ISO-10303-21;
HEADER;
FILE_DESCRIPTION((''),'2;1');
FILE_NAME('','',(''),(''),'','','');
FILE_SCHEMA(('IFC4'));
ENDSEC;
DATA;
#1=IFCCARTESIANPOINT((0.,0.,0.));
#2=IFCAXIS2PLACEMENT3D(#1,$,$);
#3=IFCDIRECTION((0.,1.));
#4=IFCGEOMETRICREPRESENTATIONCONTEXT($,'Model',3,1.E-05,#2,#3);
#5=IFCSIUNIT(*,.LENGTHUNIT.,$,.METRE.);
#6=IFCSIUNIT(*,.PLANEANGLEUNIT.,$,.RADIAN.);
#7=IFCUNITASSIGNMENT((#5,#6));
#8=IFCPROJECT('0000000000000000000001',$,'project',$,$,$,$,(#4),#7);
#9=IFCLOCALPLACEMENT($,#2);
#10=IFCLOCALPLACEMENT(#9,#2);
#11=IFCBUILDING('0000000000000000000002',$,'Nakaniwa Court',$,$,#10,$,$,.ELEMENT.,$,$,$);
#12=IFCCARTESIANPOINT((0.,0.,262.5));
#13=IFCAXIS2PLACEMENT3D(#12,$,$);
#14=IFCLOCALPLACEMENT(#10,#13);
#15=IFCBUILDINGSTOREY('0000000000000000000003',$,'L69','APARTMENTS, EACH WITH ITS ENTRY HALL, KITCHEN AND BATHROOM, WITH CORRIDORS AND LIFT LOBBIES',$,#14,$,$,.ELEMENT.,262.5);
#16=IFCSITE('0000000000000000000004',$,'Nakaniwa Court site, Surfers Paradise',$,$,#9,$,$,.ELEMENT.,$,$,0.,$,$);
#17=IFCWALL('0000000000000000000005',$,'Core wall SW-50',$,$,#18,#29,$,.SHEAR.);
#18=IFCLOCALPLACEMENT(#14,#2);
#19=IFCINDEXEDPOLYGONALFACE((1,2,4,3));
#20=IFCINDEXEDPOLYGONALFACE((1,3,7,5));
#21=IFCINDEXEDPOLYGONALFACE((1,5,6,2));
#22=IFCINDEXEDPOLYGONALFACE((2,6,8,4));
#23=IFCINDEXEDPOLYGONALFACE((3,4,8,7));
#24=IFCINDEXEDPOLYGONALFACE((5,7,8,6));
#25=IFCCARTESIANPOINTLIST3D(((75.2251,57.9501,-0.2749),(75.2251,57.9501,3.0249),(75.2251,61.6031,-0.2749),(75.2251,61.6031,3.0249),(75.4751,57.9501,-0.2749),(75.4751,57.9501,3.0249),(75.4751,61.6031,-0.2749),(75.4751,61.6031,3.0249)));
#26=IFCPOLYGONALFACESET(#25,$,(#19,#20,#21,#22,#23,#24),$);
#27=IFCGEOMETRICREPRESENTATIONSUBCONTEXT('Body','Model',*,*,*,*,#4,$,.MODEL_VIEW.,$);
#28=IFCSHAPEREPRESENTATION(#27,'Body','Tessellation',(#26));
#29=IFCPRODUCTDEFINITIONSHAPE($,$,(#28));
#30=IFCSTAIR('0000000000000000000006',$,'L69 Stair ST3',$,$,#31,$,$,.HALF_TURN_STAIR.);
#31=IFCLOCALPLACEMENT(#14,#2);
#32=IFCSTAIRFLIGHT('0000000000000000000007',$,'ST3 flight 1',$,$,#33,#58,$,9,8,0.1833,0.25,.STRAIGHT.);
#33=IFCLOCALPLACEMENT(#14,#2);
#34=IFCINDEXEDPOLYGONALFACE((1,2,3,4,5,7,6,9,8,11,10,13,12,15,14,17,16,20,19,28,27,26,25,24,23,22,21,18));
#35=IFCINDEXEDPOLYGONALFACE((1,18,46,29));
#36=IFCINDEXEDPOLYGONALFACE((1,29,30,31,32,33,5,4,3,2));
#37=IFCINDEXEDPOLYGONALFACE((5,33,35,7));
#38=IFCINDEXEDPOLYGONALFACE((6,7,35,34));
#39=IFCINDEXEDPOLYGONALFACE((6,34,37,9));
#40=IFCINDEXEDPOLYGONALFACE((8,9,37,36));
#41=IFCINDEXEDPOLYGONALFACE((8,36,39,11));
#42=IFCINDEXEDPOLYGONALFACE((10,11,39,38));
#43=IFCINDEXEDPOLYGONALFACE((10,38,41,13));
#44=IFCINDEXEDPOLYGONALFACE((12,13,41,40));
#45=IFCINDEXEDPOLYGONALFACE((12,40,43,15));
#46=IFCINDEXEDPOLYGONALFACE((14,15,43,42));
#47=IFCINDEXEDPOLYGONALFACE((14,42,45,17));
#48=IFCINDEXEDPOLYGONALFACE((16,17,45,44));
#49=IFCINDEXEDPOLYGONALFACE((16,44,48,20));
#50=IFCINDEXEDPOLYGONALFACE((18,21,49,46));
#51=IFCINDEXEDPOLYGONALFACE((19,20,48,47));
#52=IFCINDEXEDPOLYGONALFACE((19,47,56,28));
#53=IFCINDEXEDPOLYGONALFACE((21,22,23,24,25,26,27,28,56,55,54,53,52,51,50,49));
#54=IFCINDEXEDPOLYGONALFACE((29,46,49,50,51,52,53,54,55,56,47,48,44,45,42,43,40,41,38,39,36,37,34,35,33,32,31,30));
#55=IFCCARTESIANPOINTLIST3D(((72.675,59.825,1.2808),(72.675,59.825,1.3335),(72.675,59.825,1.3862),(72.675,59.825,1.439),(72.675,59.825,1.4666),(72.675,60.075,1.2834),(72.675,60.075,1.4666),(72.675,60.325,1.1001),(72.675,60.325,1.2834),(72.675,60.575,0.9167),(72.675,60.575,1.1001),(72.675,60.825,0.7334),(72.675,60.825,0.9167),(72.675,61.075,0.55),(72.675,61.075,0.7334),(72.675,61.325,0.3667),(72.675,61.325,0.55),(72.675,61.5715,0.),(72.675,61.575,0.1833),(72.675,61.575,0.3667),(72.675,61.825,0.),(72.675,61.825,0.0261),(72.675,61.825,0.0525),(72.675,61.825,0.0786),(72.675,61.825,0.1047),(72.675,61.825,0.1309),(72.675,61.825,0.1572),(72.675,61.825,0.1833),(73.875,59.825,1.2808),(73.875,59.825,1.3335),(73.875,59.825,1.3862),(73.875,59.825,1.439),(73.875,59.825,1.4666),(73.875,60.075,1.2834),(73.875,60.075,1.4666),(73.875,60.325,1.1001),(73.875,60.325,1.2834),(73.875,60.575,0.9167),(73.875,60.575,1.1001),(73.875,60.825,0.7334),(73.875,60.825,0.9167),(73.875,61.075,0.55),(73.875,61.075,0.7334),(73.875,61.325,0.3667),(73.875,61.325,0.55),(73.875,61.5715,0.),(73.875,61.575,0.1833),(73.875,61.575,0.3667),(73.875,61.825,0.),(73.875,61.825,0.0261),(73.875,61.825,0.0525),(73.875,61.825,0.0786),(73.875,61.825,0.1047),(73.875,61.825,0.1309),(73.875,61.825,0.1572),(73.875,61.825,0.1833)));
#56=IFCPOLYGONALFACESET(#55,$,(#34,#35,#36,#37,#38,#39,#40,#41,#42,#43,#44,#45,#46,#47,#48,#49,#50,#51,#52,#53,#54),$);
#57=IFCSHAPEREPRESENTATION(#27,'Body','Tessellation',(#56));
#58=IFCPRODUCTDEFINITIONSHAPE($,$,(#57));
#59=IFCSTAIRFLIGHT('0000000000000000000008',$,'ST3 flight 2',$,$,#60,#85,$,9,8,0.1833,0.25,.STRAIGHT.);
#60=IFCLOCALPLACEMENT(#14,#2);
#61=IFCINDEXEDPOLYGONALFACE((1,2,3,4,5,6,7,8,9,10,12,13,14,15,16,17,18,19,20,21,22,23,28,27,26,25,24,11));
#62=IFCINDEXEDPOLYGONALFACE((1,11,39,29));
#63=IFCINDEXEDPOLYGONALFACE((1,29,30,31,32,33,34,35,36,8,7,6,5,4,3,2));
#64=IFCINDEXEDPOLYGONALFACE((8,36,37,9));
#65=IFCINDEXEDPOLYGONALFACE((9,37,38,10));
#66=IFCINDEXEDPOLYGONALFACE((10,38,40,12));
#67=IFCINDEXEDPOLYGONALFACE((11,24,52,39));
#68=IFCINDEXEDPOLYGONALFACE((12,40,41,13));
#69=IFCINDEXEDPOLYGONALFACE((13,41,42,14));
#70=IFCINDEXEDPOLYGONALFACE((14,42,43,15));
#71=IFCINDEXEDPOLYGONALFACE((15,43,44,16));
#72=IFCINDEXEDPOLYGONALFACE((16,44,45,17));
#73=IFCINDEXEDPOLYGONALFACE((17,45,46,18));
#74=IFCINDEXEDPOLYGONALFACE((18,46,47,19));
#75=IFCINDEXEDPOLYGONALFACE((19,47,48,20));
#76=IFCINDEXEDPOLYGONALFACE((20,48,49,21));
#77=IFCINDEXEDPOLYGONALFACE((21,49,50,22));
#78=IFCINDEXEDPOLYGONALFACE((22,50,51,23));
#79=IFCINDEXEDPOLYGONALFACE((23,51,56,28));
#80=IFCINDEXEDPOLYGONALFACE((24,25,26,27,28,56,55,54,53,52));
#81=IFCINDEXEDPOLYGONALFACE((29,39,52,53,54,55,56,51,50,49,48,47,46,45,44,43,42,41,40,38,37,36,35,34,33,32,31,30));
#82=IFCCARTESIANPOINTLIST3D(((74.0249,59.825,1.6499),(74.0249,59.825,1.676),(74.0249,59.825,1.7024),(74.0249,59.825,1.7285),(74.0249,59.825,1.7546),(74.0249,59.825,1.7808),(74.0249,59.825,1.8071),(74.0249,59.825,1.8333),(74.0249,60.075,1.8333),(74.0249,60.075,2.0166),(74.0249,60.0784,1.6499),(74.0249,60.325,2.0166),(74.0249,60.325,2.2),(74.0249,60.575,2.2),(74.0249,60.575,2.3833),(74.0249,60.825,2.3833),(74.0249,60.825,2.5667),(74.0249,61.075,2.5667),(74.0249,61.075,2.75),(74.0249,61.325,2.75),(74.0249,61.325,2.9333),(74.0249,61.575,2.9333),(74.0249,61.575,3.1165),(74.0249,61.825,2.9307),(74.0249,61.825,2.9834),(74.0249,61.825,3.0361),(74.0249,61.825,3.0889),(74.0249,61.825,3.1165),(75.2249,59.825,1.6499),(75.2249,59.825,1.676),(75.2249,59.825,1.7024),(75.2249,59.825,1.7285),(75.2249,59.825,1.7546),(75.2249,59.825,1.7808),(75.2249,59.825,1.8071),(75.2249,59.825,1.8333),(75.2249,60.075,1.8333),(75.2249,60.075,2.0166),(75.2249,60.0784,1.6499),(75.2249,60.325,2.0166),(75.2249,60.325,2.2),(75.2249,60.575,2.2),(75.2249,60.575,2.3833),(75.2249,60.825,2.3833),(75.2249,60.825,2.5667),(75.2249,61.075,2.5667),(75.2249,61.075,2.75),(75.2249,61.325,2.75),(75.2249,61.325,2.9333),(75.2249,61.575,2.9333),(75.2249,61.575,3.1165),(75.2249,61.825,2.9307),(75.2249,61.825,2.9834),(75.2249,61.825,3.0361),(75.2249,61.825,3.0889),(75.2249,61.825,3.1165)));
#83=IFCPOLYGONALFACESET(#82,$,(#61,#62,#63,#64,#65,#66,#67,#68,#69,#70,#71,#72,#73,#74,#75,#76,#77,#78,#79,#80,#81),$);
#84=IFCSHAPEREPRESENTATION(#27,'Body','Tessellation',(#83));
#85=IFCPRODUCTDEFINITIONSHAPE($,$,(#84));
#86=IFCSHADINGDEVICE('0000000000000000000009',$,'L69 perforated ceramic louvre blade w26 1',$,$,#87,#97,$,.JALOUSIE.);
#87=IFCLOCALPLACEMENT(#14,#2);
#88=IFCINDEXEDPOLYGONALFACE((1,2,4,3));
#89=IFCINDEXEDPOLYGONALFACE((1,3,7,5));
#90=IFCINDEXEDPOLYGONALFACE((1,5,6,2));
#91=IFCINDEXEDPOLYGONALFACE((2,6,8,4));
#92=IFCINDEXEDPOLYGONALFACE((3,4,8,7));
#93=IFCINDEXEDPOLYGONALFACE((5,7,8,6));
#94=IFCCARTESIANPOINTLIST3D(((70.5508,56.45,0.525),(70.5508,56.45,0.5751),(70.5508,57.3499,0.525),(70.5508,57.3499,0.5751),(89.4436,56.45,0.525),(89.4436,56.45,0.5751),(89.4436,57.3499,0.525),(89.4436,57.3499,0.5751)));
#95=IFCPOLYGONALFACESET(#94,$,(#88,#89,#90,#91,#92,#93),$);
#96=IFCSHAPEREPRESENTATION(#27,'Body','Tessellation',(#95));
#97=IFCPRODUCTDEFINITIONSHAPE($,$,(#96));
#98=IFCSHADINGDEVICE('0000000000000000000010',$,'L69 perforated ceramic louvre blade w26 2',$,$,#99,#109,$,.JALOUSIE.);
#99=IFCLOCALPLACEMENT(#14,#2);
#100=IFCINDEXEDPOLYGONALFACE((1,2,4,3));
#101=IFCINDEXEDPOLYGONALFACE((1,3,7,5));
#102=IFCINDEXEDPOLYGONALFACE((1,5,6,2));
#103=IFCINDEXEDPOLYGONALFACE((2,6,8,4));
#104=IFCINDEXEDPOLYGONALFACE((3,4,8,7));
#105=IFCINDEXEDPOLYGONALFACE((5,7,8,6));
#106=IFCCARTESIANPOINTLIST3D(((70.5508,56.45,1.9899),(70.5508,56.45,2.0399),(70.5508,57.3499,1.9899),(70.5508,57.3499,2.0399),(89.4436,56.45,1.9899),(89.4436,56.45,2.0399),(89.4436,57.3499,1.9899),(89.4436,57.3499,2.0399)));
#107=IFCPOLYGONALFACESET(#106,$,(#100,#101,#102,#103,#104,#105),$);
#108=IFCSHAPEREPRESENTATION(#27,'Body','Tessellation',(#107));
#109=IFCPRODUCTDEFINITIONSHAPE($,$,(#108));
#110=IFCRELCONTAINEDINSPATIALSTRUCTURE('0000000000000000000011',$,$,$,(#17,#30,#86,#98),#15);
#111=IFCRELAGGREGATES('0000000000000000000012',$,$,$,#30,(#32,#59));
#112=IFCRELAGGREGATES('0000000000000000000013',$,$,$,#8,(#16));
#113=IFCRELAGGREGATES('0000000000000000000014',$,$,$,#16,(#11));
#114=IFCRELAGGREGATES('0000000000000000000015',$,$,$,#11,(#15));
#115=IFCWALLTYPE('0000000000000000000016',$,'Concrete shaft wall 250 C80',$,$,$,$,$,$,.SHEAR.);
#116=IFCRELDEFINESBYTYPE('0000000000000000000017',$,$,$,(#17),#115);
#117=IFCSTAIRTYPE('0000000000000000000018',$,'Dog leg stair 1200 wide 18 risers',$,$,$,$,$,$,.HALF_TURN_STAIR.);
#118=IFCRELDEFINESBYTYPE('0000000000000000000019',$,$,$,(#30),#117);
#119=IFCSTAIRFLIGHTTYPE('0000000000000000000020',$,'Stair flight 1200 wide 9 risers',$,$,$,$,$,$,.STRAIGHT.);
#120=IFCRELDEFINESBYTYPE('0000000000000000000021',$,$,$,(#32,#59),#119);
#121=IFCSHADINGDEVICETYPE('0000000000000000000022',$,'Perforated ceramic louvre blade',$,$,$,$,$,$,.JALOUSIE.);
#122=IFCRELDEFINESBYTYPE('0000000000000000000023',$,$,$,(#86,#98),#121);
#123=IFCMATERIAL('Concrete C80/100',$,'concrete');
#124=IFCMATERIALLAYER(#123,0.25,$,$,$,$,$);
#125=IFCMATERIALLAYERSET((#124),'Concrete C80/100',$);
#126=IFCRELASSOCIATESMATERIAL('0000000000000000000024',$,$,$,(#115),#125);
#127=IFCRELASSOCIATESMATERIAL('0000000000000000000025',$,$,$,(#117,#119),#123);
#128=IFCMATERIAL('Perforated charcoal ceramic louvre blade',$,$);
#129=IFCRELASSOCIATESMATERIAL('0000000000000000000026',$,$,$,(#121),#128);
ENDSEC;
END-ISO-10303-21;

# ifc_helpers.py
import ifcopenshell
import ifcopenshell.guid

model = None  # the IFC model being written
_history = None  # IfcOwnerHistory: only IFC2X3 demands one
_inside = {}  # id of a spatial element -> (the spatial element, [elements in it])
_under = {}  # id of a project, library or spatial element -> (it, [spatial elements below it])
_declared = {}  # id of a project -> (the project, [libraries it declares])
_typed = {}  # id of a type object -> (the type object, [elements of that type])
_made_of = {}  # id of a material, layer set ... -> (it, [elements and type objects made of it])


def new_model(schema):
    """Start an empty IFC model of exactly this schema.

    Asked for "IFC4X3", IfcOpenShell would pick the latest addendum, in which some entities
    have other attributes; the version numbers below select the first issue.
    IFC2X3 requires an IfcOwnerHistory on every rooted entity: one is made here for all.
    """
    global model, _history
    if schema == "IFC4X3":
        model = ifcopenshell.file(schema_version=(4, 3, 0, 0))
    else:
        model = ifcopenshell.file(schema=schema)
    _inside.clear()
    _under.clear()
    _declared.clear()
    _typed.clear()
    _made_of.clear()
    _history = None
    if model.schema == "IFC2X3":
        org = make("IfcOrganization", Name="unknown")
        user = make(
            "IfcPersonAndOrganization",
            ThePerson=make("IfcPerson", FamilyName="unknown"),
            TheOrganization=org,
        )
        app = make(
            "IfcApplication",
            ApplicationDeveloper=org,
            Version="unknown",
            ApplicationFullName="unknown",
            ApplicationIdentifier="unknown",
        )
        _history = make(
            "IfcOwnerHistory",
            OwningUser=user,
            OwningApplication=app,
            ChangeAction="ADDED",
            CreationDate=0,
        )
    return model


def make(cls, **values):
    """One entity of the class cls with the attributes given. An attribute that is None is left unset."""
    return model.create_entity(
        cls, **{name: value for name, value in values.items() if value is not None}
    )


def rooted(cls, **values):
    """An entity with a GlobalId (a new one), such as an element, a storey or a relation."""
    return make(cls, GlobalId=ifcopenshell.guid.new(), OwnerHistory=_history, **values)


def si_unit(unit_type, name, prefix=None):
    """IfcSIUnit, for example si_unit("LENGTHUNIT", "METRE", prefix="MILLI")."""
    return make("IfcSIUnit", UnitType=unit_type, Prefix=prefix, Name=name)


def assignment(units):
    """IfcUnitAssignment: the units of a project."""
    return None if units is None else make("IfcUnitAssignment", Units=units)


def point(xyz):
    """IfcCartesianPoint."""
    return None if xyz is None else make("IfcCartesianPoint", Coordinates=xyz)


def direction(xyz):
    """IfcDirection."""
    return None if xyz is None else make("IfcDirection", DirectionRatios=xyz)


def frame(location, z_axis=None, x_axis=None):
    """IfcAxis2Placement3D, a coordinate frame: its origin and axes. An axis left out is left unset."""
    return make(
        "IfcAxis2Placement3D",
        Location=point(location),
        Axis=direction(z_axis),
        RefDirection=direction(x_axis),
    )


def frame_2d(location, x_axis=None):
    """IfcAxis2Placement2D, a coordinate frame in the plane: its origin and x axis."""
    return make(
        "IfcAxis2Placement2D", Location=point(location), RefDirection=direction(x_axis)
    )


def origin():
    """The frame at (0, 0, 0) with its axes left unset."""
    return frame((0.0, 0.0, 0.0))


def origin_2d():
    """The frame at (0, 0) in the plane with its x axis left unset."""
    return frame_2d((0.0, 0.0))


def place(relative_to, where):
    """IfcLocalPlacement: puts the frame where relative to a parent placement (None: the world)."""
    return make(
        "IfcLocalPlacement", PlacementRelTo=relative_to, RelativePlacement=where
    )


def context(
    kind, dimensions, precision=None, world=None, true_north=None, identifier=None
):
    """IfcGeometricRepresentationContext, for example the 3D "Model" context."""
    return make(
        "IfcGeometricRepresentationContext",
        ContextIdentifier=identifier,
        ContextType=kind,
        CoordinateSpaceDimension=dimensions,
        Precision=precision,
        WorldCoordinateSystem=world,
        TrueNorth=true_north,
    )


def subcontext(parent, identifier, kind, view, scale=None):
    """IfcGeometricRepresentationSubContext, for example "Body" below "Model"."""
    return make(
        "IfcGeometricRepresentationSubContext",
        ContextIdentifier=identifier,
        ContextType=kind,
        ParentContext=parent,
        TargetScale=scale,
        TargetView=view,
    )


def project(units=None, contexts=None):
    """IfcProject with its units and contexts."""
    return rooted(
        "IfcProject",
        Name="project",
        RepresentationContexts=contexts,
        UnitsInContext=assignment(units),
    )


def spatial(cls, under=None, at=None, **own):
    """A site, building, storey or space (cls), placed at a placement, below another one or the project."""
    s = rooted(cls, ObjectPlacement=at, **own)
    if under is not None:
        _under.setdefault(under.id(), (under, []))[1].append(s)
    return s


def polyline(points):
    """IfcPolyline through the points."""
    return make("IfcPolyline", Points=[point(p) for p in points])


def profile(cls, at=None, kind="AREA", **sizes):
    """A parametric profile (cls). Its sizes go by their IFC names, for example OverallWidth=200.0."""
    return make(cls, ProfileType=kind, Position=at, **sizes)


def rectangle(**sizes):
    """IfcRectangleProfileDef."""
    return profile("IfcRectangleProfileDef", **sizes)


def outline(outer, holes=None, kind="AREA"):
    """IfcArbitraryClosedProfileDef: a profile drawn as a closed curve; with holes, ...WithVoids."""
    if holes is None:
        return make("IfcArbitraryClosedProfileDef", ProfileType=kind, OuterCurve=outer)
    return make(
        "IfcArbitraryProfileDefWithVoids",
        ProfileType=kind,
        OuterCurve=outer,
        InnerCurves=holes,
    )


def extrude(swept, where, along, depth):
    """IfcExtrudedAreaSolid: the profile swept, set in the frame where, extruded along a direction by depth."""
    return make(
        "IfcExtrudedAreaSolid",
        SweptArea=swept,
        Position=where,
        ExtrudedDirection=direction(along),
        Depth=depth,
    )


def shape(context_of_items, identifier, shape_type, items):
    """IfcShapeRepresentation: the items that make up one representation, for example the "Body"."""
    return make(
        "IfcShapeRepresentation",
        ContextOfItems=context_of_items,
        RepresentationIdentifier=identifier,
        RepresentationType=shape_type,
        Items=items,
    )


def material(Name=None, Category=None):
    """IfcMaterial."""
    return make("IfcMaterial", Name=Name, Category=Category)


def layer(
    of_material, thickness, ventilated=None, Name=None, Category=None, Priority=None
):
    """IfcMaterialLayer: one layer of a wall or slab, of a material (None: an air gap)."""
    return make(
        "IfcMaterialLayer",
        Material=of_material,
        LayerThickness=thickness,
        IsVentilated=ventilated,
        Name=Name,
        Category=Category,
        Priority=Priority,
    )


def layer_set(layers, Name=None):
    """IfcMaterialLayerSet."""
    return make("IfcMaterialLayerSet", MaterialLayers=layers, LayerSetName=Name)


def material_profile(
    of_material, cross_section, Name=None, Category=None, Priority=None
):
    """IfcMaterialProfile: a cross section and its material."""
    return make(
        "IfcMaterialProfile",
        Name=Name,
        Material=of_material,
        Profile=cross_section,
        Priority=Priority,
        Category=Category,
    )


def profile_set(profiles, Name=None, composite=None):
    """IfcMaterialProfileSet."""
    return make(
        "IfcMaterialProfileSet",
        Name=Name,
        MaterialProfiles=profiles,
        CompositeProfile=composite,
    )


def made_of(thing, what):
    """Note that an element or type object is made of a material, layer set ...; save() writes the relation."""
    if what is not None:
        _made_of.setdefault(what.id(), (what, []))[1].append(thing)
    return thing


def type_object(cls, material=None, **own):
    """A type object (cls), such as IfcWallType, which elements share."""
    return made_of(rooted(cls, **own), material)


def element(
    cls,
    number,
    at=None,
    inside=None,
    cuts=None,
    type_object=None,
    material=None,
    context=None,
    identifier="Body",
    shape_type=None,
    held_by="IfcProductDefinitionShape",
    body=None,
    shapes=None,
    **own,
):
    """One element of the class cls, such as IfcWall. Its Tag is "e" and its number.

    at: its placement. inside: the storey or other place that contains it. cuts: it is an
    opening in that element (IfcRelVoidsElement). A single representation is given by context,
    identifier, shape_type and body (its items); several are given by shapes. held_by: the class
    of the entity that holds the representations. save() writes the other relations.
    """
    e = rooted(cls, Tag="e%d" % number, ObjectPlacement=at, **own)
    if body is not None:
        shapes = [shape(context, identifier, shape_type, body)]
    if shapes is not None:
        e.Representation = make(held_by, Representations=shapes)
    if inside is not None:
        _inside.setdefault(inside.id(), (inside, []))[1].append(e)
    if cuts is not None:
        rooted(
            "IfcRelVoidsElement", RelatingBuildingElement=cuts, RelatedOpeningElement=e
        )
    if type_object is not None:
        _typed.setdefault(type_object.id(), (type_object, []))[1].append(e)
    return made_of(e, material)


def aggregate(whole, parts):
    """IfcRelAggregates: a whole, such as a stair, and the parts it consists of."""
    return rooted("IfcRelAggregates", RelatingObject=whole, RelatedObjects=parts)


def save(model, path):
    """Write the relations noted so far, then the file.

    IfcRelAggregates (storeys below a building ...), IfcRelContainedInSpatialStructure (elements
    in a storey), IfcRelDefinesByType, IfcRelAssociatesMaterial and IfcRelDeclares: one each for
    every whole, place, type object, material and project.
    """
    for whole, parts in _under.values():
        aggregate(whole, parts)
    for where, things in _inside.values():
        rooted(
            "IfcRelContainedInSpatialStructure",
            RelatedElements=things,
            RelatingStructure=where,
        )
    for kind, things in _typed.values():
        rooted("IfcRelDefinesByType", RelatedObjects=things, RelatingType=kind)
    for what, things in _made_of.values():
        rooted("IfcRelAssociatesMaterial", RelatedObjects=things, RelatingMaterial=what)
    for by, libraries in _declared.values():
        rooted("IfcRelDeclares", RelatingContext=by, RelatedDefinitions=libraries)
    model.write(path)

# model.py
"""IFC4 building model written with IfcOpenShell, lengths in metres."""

from ifc_helpers import new_model, si_unit, direction, frame, frame_2d, origin, origin_2d, place, context, subcontext, project, spatial, polyline, rectangle, outline, extrude, material, layer, layer_set, material_profile, profile_set, type_object, element, aggregate, save


model = new_model("IFC4")

# Units and contexts
model_context = context("Model", 3, precision=1e-05, world=origin(), true_north=direction((0.0, 1.0)))
body_context = subcontext(model_context, "Body", "Model", "MODEL_VIEW")
ifc_project = project(units=[si_unit("LENGTHUNIT", "METRE"), si_unit("PLANEANGLEUNIT", "RADIAN")], contexts=[model_context])

# Site, building, storey
site_placement = place(None, origin())
site = spatial("IfcSite", under=ifc_project, at=site_placement, Name="Nakaniwa Court site, Surfers Paradise", CompositionType="ELEMENT", RefElevation=0.0)
building_placement = place(site_placement, origin())
building = spatial("IfcBuilding", under=site, at=building_placement, Name="Nakaniwa Court", CompositionType="ELEMENT")
storey_placement = place(building_placement, frame((0.0, 0.0, 262.5)))
storey = spatial("IfcBuildingStorey", under=building, at=storey_placement, Name="L69", Description="APARTMENTS, EACH WITH ITS ENTRY HALL, KITCHEN AND BATHROOM, WITH CORRIDORS AND LIFT LOBBIES", CompositionType="ELEMENT", Elevation=262.5)

# Shared definitions
ifc_material_1 = material(Name="Concrete C80/100", Category="concrete")

# Wall
ifc_layer_1 = layer(ifc_material_1, 0.25)
ifc_layer_set_1 = layer_set([ifc_layer_1], Name="Concrete C80/100")
wall_type_1 = type_object("IfcWallType", Name="Concrete shaft wall 250 C80", PredefinedType="SHEAR", material=ifc_layer_set_1)
wall_1_placement = place(storey_placement, frame((75.3501, 57.95, -0.2749), z_axis=(0.0, 0.0, 1.0), x_axis=(0.0, 1.0, 0.0)))
element("IfcWall", 1, at=wall_1_placement, inside=storey, type_object=wall_type_1, Name="Core wall SW-50", PredefinedType="SHEAR", context=body_context, shape_type="SweptSolid", body=[
    extrude(rectangle(XDim=3.6531, YDim=0.25, at=frame_2d((1.8267, 0.0))), origin(), (0.0, 0.0, 1.0), 3.2998),
])

# Stair, stair flights
stair_type = type_object("IfcStairType", Name="Dog leg stair 1200 wide 18 risers", PredefinedType="HALF_TURN_STAIR", material=ifc_material_1)
stair_placement = place(storey_placement, origin())
stair = element("IfcStair", 2, at=stair_placement, inside=storey, type_object=stair_type, Name="L69 Stair ST3", PredefinedType="HALF_TURN_STAIR")
stair_flight_type = type_object("IfcStairFlightType", Name="Stair flight 1200 wide 9 risers", PredefinedType="STRAIGHT", material=ifc_material_1)
stair_flight_1_placement = place(storey_placement, frame((73.2749, 61.825, 0.0), z_axis=(0.0, 0.0, 1.0), x_axis=(0.0, -1.0, 0.0)))
stair_flight_1 = element("IfcStairFlight", 3, at=stair_flight_1_placement, type_object=stair_flight_type, Name="ST3 flight 1", NumberOfRisers=9, NumberOfTreads=8, PredefinedType="STRAIGHT", RiserHeight=0.1833, TreadLength=0.25, context=body_context, shape_type="SweptSolid", body=[
    extrude(outline(polyline([(0.0, 0.0), (0.0, 0.0261), (0.0, 0.0525), (0.0, 0.0786), (0.0, 0.1047), (0.0, 0.1309), (0.0, 0.1572), (0.0, 0.1833), (0.25, 0.1833), (0.25, 0.3667), (0.5, 0.3667), (0.5, 0.55), (0.75, 0.55), (0.75, 0.7334), (1.0, 0.7334), (1.0, 0.9167), (1.25, 0.9167), (1.25, 1.1001), (1.5, 1.1001), (1.5, 1.2834), (1.75, 1.2834), (1.75, 1.4666), (2.0, 1.4666), (2.0, 1.6499), (2.0, 1.5972), (2.0, 1.5444), (2.0, 1.4917), (2.0, 1.439), (2.0, 1.3862), (2.0, 1.3335), (2.0, 1.2808), (0.2534, 0.0), (0.0, 0.0)])), frame((0.0, 0.6001, 0.0), z_axis=(0.0, -1.0, 0.0), x_axis=(1.0, 0.0, 0.0)), (0.0, 0.0, 1.0), 1.2),
])
stair_flight_2_placement = place(storey_placement, frame((74.625, 59.825, 1.6499), z_axis=(0.0, 0.0, 1.0), x_axis=(0.0, 1.0, 0.0)))
stair_flight_2 = element("IfcStairFlight", 4, at=stair_flight_2_placement, type_object=stair_flight_type, Name="ST3 flight 2", NumberOfRisers=9, NumberOfTreads=8, PredefinedType="STRAIGHT", RiserHeight=0.1833, TreadLength=0.25, context=body_context, shape_type="SweptSolid", body=[
    extrude(outline(polyline([(0.0, 0.0), (0.0, 0.0261), (0.0, 0.0525), (0.0, 0.0786), (0.0, 0.1047), (0.0, 0.1309), (0.0, 0.1572), (0.0, 0.1833), (0.25, 0.1833), (0.25, 0.3667), (0.5, 0.3667), (0.5, 0.55), (0.75, 0.55), (0.75, 0.7334), (1.0, 0.7334), (1.0, 0.9167), (1.25, 0.9167), (1.25, 1.1001), (1.5, 1.1001), (1.5, 1.2834), (1.75, 1.2834), (1.75, 1.4666), (2.0, 1.4666), (2.0, 1.6499), (2.0, 1.5972), (2.0, 1.5444), (2.0, 1.4917), (2.0, 1.439), (2.0, 1.3862), (2.0, 1.3335), (2.0, 1.2808), (0.2534, 0.0), (0.0, 0.0)])), frame((0.0, 0.6001, 0.0), z_axis=(0.0, -1.0, 0.0), x_axis=(1.0, 0.0, 0.0)), (0.0, 0.0, 1.0), 1.2),
])
aggregate(stair, [stair_flight_1, stair_flight_2])

# Shading devices
ifc_material_2 = material(Name="Perforated charcoal ceramic louvre blade")
ifc_material_profile = material_profile(ifc_material_2, rectangle(XDim=0.8999, YDim=0.05, at=origin_2d()), Name="Perforated ceramic louvre blade")
ifc_profile_set = profile_set([ifc_material_profile], Name="Perforated charcoal ceramic louvre blade")
shading_device_type = type_object("IfcShadingDeviceType", Name="Perforated ceramic louvre blade", PredefinedType="JALOUSIE", material=ifc_profile_set)
for number, where, z_axis, x_axis, name in (
    (5, (70.5508, 56.8999, 0.55), (1.0, 0.0, 0.0), (0.0, 1.0, 0.0), "L69 perforated ceramic louvre blade w26 1"),
    (6, (70.5508, 56.8999, 2.0149), (1.0, 0.0, 0.0), (0.0, 1.0, 0.0), "L69 perforated ceramic louvre blade w26 2"),
):
    element("IfcShadingDevice", number, at=place(storey_placement, frame(where, z_axis=z_axis, x_axis=x_axis)), inside=storey, type_object=shading_device_type, Name=name, PredefinedType="JALOUSIE", context=body_context, shape_type="SweptSolid", body=[
        extrude(rectangle(XDim=0.8999, YDim=0.05, at=origin_2d()), origin(), (0.0, 0.0, 1.0), 18.8928),
    ])

save(model, "model.ifc")
